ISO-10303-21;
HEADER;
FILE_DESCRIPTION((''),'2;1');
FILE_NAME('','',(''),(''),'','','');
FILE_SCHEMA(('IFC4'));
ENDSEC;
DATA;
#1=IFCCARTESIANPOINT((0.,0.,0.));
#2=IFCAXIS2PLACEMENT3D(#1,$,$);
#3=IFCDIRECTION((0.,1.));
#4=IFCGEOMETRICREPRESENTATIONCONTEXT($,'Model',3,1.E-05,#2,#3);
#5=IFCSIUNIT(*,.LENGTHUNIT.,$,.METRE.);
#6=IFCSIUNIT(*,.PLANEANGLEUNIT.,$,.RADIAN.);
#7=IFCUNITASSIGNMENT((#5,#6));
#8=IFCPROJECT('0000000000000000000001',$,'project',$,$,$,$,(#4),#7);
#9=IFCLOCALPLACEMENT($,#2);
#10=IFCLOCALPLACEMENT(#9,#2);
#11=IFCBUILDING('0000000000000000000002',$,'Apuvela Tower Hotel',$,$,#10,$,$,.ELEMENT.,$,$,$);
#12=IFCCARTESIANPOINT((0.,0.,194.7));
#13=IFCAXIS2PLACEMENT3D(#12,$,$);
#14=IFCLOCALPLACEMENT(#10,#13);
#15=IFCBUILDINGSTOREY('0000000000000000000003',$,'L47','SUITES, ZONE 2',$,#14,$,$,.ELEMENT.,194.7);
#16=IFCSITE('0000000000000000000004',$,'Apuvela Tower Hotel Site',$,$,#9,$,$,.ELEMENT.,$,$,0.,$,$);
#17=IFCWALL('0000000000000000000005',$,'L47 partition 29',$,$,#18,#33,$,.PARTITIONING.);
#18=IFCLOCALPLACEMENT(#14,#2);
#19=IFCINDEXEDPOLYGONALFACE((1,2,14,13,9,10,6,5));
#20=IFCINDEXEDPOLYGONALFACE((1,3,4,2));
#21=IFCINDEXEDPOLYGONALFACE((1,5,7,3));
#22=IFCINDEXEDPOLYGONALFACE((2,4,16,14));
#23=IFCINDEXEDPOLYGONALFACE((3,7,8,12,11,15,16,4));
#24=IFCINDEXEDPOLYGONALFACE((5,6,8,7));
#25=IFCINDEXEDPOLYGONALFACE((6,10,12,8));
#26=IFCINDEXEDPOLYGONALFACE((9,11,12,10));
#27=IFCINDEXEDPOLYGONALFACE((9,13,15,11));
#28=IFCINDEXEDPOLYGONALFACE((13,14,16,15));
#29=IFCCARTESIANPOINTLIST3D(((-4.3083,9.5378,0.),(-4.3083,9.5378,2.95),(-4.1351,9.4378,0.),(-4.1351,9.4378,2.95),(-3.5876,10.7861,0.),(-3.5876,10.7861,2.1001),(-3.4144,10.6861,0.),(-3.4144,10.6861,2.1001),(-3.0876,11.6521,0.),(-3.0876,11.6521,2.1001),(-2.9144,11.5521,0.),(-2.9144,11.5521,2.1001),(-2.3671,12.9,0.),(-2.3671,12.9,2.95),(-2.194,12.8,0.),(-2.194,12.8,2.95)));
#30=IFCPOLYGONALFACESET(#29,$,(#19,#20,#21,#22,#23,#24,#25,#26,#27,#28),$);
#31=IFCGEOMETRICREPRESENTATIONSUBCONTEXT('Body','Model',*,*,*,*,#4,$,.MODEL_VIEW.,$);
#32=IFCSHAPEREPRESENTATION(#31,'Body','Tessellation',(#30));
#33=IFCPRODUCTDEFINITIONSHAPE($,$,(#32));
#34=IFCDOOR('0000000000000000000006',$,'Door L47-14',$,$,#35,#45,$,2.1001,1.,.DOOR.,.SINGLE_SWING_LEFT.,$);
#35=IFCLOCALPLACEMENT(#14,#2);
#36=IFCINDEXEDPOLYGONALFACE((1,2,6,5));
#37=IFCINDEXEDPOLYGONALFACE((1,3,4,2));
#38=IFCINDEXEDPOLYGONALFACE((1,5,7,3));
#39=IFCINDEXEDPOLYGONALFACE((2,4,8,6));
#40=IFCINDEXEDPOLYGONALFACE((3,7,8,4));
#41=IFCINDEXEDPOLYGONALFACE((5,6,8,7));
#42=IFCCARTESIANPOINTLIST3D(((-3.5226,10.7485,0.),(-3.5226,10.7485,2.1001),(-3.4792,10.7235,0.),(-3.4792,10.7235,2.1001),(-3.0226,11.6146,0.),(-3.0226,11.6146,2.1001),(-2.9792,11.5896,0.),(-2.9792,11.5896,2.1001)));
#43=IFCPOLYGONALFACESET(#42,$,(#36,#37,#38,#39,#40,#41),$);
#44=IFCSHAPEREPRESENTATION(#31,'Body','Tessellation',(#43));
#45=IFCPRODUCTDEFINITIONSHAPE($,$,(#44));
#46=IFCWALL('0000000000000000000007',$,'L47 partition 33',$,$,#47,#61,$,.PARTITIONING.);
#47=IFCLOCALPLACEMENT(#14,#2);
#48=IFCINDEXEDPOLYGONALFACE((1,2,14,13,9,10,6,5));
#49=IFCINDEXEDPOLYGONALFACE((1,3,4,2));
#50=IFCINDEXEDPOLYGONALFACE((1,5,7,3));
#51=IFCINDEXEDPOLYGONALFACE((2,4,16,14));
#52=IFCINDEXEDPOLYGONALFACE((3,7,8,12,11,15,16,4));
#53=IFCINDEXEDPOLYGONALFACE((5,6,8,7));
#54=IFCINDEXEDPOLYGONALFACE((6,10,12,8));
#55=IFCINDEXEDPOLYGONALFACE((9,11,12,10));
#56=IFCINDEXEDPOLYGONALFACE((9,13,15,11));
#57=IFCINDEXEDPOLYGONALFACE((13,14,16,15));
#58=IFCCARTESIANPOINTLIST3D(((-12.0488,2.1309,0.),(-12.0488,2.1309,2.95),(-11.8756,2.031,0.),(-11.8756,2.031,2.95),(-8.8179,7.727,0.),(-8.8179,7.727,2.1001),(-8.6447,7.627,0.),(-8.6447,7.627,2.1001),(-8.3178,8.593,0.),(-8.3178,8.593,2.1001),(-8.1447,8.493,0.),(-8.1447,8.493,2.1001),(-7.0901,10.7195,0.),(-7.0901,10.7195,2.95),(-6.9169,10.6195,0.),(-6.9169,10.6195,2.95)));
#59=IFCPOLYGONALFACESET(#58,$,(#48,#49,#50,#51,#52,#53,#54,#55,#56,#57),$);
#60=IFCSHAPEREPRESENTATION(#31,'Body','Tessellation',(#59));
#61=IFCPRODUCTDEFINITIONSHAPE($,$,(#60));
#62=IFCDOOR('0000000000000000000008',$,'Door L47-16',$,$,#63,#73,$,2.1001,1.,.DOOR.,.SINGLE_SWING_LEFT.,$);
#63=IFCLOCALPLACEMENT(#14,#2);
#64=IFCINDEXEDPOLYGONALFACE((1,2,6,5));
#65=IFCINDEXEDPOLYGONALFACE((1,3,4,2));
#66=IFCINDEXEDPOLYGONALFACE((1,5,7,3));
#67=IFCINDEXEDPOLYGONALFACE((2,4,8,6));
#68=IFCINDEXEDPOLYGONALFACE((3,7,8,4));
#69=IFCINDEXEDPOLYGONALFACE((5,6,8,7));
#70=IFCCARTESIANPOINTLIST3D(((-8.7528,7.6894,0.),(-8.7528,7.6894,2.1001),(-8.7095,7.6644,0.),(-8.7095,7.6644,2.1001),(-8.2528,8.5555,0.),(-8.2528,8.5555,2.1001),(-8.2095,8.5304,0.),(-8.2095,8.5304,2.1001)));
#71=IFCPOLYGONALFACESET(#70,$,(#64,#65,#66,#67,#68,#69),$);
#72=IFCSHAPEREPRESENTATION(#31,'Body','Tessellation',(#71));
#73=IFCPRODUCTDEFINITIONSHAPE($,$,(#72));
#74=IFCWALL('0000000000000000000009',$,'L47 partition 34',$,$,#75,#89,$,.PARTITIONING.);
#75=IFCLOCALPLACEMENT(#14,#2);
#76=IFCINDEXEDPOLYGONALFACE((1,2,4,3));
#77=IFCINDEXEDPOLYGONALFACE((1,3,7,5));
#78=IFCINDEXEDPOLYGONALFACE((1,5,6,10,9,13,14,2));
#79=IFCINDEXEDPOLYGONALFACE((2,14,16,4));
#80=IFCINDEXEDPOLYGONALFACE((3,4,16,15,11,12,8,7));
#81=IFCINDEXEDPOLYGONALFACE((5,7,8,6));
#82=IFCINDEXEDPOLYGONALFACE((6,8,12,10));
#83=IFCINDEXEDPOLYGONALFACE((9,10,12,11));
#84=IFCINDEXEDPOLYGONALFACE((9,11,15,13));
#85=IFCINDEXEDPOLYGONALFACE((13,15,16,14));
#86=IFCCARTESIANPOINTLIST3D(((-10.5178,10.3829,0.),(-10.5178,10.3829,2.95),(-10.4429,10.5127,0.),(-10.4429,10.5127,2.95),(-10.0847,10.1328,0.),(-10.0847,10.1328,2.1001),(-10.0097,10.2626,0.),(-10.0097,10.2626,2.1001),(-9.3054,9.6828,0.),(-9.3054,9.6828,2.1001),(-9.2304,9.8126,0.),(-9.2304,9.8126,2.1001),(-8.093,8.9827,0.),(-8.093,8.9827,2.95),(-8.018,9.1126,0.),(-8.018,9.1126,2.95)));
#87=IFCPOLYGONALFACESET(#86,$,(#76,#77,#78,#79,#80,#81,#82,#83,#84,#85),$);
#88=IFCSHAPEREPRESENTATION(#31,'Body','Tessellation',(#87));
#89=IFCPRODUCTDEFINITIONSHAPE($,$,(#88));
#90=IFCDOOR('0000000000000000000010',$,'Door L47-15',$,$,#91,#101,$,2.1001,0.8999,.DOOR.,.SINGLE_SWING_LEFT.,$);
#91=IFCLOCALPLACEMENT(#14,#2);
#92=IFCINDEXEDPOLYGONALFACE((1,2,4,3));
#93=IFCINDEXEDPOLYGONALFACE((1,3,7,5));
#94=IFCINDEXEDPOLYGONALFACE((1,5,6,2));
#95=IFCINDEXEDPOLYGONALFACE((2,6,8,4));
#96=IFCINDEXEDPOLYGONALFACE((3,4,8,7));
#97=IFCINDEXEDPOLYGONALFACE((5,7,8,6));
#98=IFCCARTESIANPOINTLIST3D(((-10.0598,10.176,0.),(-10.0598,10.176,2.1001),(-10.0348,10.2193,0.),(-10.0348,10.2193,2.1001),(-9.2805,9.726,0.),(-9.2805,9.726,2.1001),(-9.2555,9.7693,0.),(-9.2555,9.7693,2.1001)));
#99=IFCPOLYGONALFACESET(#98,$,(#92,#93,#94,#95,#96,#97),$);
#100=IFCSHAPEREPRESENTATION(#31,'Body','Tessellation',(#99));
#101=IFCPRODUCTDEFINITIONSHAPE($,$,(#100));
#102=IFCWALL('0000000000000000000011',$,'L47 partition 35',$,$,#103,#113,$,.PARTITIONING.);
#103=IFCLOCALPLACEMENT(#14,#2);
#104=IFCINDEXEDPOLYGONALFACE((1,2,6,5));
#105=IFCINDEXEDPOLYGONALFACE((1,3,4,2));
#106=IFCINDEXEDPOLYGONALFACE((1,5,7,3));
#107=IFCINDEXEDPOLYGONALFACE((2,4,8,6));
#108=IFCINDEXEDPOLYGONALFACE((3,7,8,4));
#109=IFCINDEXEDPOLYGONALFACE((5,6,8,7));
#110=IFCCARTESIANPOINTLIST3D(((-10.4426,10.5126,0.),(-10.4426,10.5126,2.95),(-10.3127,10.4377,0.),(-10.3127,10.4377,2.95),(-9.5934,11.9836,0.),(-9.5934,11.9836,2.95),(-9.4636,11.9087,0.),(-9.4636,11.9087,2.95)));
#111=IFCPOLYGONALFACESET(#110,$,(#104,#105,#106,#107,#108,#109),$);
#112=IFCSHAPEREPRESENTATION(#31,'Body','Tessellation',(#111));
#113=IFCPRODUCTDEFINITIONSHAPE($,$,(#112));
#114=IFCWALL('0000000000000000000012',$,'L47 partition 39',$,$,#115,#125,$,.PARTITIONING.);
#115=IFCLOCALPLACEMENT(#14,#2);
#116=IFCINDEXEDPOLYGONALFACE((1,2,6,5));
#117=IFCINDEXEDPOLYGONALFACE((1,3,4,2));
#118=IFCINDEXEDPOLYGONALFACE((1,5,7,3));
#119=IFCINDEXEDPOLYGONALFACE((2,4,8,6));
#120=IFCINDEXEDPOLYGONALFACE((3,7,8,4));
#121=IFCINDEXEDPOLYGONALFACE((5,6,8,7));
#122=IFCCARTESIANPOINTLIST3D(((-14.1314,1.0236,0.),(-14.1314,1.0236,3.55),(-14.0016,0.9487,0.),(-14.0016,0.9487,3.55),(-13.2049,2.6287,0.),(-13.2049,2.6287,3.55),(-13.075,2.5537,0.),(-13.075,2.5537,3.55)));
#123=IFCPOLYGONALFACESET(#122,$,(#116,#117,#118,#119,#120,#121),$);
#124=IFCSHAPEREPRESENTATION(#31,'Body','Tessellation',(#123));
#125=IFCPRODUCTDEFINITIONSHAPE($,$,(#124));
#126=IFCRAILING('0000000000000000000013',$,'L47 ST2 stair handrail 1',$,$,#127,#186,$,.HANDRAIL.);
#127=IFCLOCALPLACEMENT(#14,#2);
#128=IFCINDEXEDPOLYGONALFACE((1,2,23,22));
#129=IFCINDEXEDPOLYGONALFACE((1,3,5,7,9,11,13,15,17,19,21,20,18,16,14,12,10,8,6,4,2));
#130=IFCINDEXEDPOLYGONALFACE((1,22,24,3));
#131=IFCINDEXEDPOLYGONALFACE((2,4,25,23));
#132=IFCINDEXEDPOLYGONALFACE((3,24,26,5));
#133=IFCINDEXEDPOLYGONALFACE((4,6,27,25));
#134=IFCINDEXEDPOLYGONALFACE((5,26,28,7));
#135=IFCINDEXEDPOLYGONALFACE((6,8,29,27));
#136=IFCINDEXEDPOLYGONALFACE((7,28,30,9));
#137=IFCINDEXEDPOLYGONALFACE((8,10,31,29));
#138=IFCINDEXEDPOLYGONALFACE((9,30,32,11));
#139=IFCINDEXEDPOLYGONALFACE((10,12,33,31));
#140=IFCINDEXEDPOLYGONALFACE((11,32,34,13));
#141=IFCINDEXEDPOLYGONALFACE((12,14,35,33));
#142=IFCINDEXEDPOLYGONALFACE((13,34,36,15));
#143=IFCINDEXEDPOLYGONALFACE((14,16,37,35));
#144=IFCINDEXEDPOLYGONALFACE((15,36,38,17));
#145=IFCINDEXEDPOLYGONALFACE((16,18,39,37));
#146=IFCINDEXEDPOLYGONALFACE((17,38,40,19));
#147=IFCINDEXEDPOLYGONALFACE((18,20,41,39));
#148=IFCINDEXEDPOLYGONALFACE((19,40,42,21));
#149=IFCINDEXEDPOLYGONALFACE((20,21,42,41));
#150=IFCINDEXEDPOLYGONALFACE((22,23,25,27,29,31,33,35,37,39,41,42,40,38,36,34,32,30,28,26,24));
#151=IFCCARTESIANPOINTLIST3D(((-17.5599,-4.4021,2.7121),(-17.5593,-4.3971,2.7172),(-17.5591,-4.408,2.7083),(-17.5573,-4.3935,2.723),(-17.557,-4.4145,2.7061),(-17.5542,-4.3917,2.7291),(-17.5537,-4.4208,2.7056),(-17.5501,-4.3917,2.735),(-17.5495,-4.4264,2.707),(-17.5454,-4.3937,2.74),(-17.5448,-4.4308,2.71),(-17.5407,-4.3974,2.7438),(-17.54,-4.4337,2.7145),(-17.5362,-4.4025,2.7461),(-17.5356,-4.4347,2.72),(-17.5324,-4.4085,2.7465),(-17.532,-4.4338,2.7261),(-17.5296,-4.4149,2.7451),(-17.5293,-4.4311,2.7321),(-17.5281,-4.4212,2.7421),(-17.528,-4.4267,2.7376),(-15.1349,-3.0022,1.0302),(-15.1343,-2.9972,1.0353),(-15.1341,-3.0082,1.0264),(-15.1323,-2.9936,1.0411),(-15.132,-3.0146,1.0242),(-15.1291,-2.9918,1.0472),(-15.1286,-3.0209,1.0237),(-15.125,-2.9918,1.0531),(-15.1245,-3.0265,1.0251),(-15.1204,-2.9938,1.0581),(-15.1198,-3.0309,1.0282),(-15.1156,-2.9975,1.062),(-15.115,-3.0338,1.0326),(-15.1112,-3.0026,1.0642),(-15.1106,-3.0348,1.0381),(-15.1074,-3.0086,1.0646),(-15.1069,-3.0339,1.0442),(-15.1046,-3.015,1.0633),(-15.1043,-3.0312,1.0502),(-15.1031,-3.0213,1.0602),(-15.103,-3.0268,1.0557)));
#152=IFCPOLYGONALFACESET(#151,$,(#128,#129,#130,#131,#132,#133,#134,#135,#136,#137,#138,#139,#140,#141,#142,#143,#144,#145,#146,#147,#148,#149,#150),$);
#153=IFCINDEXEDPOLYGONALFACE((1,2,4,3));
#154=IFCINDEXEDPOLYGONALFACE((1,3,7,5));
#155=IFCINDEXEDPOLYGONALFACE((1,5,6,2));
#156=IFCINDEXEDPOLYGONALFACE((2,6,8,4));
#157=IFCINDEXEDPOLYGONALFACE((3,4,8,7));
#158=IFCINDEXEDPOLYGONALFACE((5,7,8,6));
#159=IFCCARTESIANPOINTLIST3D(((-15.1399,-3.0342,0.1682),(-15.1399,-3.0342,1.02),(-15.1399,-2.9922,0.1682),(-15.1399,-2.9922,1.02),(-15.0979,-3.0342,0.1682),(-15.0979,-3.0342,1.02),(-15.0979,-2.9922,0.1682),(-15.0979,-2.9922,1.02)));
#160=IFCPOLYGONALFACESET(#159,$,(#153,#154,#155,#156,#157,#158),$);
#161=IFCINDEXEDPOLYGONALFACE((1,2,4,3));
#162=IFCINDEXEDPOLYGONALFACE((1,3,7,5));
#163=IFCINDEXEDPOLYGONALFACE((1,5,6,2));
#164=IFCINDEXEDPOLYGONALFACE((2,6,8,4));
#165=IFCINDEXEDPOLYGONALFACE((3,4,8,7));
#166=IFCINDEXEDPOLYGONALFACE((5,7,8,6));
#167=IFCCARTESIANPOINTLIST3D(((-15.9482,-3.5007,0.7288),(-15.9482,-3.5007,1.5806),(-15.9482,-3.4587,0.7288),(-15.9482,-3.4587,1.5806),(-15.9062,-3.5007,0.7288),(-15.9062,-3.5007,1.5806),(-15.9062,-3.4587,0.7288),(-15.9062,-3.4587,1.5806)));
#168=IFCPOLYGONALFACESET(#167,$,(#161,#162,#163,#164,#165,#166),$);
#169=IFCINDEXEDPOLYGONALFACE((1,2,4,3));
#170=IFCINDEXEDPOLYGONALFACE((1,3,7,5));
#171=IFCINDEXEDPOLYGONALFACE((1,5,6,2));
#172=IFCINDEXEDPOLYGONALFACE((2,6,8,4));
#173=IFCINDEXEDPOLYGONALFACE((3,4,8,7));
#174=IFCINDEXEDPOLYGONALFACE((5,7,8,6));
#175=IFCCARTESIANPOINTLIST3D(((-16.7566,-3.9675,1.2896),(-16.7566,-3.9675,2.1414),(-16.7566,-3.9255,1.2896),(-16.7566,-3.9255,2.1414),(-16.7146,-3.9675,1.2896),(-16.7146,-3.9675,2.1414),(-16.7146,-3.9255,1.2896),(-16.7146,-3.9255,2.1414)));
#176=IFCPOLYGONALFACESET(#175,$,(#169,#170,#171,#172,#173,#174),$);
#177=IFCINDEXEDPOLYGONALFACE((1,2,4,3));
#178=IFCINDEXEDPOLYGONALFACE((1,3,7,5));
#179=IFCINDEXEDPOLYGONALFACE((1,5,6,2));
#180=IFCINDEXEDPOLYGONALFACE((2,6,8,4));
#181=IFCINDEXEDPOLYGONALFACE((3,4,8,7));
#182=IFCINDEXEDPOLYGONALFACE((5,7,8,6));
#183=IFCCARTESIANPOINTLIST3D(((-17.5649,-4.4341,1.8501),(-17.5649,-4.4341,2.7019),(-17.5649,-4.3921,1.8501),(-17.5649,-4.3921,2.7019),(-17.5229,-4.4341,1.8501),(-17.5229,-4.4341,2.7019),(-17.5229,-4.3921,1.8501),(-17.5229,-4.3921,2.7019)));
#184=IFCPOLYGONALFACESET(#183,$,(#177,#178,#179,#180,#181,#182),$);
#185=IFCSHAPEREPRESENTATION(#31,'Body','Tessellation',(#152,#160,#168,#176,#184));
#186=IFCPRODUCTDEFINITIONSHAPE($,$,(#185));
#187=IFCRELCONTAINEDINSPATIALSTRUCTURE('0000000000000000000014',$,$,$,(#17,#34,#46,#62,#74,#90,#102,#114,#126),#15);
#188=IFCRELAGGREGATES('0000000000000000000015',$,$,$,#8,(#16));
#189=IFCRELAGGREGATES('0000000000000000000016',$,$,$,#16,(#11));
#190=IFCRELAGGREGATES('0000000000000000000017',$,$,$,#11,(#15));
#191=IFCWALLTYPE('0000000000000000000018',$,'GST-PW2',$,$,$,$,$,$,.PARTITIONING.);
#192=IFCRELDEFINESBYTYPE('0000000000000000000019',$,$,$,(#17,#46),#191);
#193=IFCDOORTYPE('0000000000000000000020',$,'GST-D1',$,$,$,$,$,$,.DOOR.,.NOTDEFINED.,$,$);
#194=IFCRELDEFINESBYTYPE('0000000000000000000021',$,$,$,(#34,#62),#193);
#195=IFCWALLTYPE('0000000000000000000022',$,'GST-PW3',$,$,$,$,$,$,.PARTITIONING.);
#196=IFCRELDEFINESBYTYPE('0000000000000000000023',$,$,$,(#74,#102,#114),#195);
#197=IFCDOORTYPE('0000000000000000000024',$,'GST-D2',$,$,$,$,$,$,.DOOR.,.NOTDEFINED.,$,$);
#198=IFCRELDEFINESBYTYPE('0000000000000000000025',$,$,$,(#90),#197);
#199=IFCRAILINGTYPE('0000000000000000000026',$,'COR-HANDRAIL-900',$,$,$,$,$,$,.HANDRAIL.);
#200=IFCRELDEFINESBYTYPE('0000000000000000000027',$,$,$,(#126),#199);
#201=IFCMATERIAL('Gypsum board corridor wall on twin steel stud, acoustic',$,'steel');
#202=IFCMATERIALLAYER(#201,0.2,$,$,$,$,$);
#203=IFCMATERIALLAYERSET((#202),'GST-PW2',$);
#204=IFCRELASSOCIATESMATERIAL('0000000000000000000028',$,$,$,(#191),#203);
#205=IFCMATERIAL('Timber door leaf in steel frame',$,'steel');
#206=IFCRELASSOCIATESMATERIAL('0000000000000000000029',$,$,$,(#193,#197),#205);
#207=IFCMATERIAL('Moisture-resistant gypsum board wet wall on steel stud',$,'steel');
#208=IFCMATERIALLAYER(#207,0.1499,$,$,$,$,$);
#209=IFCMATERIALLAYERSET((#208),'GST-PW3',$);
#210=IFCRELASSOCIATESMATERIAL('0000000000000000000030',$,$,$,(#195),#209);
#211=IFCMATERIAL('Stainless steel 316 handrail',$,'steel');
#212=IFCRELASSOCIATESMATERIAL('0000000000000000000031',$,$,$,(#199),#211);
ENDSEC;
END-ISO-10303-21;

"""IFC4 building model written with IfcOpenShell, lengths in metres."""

from ifc_helpers import new_model, si_unit, direction, frame, frame_2d, origin, origin_2d, place, context, subcontext, project, spatial, rectangle, circle, extrude, material, layer, layer_set, type_object, element, fill, save


model = new_model("IFC4")

# Units and contexts
model_context = context("Model", 3, precision=1e-05, world=origin(), true_north=direction((0.0, 1.0)))
body_context = subcontext(model_context, "Body", "Model", "MODEL_VIEW")
ifc_project = project(units=[si_unit("LENGTHUNIT", "METRE"), si_unit("PLANEANGLEUNIT", "RADIAN")], contexts=[model_context])

# Site, building, storey
site_placement = place(None, origin())
site = spatial("IfcSite", under=ifc_project, at=site_placement, Name="Apuvela Tower Hotel Site", CompositionType="ELEMENT", RefElevation=0.0)
building_placement = place(site_placement, origin())
building = spatial("IfcBuilding", under=site, at=building_placement, Name="Apuvela Tower Hotel", CompositionType="ELEMENT")
storey_placement = place(building_placement, frame((0.0, 0.0, 194.7)))
storey = spatial("IfcBuildingStorey", under=building, at=storey_placement, Name="L47", Description="SUITES, ZONE 2", CompositionType="ELEMENT", Elevation=194.7)

# Walls, openings, doors
ifc_material_1 = material(Name="Gypsum board corridor wall on twin steel stud, acoustic", Category="steel")
ifc_layer_1 = layer(ifc_material_1, 0.2)
ifc_layer_set_1 = layer_set([ifc_layer_1], Name="GST-PW2")
wall_type_1 = type_object("IfcWallType", Name="GST-PW2", PredefinedType="PARTITIONING", material=ifc_layer_set_1)
wall_1_placement = place(storey_placement, frame((-4.2217, 9.4878, 0.0), z_axis=(0.0, 0.0, 1.0), x_axis=(0.499987, 0.866033, 0.0)))
wall_1 = element("IfcWall", 1, at=wall_1_placement, inside=storey, type_object=wall_type_1, Name="L47 partition 29", PredefinedType="PARTITIONING", context=body_context, shape_type="SweptSolid", body=[
    extrude(rectangle(XDim=3.8823, YDim=0.2, at=frame_2d((1.9412, 0.0))), origin(), (0.0, 0.0, 1.0), 2.95),
])
opening_1_placement = place(wall_1_placement, frame((1.4414, 0.0, 0.0)))
opening_1 = element("IfcOpeningElement", 2, at=opening_1_placement, cuts=wall_1, PredefinedType="OPENING", context=body_context, shape_type="SweptSolid", body=[
    extrude(rectangle(XDim=1.0, YDim=2.1001, at=frame_2d((0.5, 1.05))), frame((0.0, 0.1099, 0.0), z_axis=(0.0, -1.0, 0.0), x_axis=(1.0, 0.0, 0.0)), (0.0, 0.0, 1.0), 0.22),
])
ifc_material_2 = material(Name="Timber door leaf in steel frame", Category="steel")
door_type_1 = type_object("IfcDoorType", Name="GST-D1", OperationType="NOTDEFINED", PredefinedType="DOOR", material=ifc_material_2)
door_1_placement = place(opening_1_placement, origin())
door_1 = element("IfcDoor", 3, at=door_1_placement, inside=storey, type_object=door_type_1, Name="Door L47-14", OperationType="SINGLE_SWING_LEFT", OverallHeight=2.1001, OverallWidth=1.0, PredefinedType="DOOR", context=body_context, shape_type="SweptSolid", body=[
    extrude(rectangle(XDim=1.0, YDim=2.1001, at=frame_2d((0.5, 1.05))), frame((0.0, 0.0249, 0.0), z_axis=(0.0, -1.0, 0.0), x_axis=(1.0, 0.0, 0.0)), (0.0, 0.0, 1.0), 0.05),
])
fill(opening_1, door_1)
wall_2_placement = place(storey_placement, frame((-11.9622, 2.0811, 0.0), z_axis=(0.0, 0.0, 1.0), x_axis=(0.500007, 0.866021, 0.0)))
wall_2 = element("IfcWall", 4, at=wall_2_placement, inside=storey, type_object=wall_type_1, Name="L47 partition 33", PredefinedType="PARTITIONING", context=body_context, shape_type="SweptSolid", body=[
    extrude(rectangle(XDim=9.9172, YDim=0.2, at=frame_2d((4.9585, 0.0))), origin(), (0.0, 0.0, 1.0), 2.95),
])
opening_2_placement = place(wall_2_placement, frame((6.4617, 0.0, 0.0)))
opening_2 = element("IfcOpeningElement", 5, at=opening_2_placement, cuts=wall_2, PredefinedType="OPENING", context=body_context, shape_type="SweptSolid", body=[
    extrude(rectangle(XDim=1.0, YDim=2.1001, at=frame_2d((0.5, 1.05))), frame((0.0, 0.1099, 0.0), z_axis=(0.0, -1.0, 0.0), x_axis=(1.0, 0.0, 0.0)), (0.0, 0.0, 1.0), 0.22),
])
door_2_placement = place(opening_2_placement, origin())
door_2 = element("IfcDoor", 6, at=door_2_placement, inside=storey, type_object=door_type_1, Name="Door L47-16", OperationType="SINGLE_SWING_LEFT", OverallHeight=2.1001, OverallWidth=1.0, PredefinedType="DOOR", context=body_context, shape_type="SweptSolid", body=[
    extrude(rectangle(XDim=1.0, YDim=2.1001, at=frame_2d((0.5, 1.05))), frame((0.0, 0.0249, 0.0), z_axis=(0.0, -1.0, 0.0), x_axis=(1.0, 0.0, 0.0)), (0.0, 0.0, 1.0), 0.05),
])
fill(opening_2, door_2)
ifc_material_3 = material(Name="Moisture-resistant gypsum board wet wall on steel stud", Category="steel")
ifc_layer_2 = layer(ifc_material_3, 0.1499)
ifc_layer_set_2 = layer_set([ifc_layer_2], Name="GST-PW3")
wall_type_2 = type_object("IfcWallType", Name="GST-PW3", PredefinedType="PARTITIONING", material=ifc_layer_set_2)
wall_3_placement = place(storey_placement, frame((-10.4802, 10.4478, 0.0), z_axis=(0.0, 0.0, 1.0), x_axis=(0.865997, -0.50005, 0.0)))
wall_3 = element("IfcWall", 7, at=wall_3_placement, inside=storey, type_object=wall_type_2, Name="L47 partition 34", PredefinedType="PARTITIONING", context=body_context, shape_type="SweptSolid", body=[
    extrude(rectangle(XDim=2.8, YDim=0.1499, at=frame_2d((1.3999, 0.0))), origin(), (0.0, 0.0, 1.0), 2.95),
])
opening_3_placement = place(wall_3_placement, frame((0.5, 0.0, 0.0)))
opening_3 = element("IfcOpeningElement", 8, at=opening_3_placement, cuts=wall_3, PredefinedType="OPENING", context=body_context, shape_type="SweptSolid", body=[
    extrude(rectangle(XDim=0.8999, YDim=2.1001, at=frame_2d((0.45, 1.05))), frame((0.0, 0.085, 0.0), z_axis=(0.0, -1.0, 0.0), x_axis=(1.0, 0.0, 0.0)), (0.0, 0.0, 1.0), 0.1699),
])
door_type_2 = type_object("IfcDoorType", Name="GST-D2", OperationType="NOTDEFINED", PredefinedType="DOOR", material=ifc_material_2)
door_3_placement = place(opening_3_placement, origin())
door_3 = element("IfcDoor", 9, at=door_3_placement, inside=storey, type_object=door_type_2, Name="Door L47-15", OperationType="SINGLE_SWING_LEFT", OverallHeight=2.1001, OverallWidth=0.8999, PredefinedType="DOOR", context=body_context, shape_type="SweptSolid", body=[
    extrude(rectangle(XDim=0.8999, YDim=2.1001, at=frame_2d((0.45, 1.05))), frame((0.0, 0.0249, 0.0), z_axis=(0.0, -1.0, 0.0), x_axis=(1.0, 0.0, 0.0)), (0.0, 0.0, 1.0), 0.05),
])
fill(opening_3, door_3)

# Walls
wall_4_placement = place(storey_placement, frame((-9.5286, 11.946, 0.0), z_axis=(0.0, 0.0, 1.0), x_axis=(-0.499942, -0.866059, 0.0)))
element("IfcWall", 10, at=wall_4_placement, inside=storey, type_object=wall_type_2, Name="L47 partition 35", PredefinedType="PARTITIONING", context=body_context, shape_type="SweptSolid", body=[
    extrude(rectangle(XDim=1.6985, YDim=0.1499, at=frame_2d((0.8491, 0.0))), origin(), (0.0, 0.0, 1.0), 2.95),
])
wall_5_placement = place(storey_placement, frame((-13.1399, 2.5913, 0.0), z_axis=(0.0, 0.0, 1.0), x_axis=(-0.499951, -0.866054, 0.0)))
element("IfcWall", 11, at=wall_5_placement, inside=storey, type_object=wall_type_2, Name="L47 partition 39", PredefinedType="PARTITIONING", context=body_context, shape_type="SweptSolid", body=[
    extrude(rectangle(XDim=1.8533, YDim=0.1499, at=frame_2d((0.9268, 0.0))), origin(), (0.0, 0.0, 1.0), 3.55),
])

# Railing
ifc_material_4 = material(Name="Stainless steel 316 handrail", Category="steel")
railing_type_1 = type_object("IfcRailingType", Name="COR-HANDRAIL-900", PredefinedType="HANDRAIL", material=ifc_material_4)
railing_1_placement = place(storey_placement, frame((-15.1189, -3.0132, 0.1682)))
element("IfcRailing", 12, at=railing_1_placement, inside=storey, type_object=railing_type_1, Name="L47 ST2 stair handrail 1", PredefinedType="HANDRAIL", context=body_context, shape_type="SweptSolid", body=[
    extrude(circle(Radius=0.0239, at=origin_2d()), frame((0.0, 0.0, 0.876), z_axis=(-0.742424, -0.428577, 0.514906), x_axis=(0.499946, -0.866056, 0.0)), (0.0, 0.0, 1.0), 3.2664),
    extrude(rectangle(XDim=0.042, YDim=0.042, at=origin_2d()), origin(), (0.0, 0.0, 1.0), 0.8518),
    extrude(rectangle(XDim=0.042, YDim=0.042, at=origin_2d()), frame((-0.8083, -0.4666, 0.5605)), (0.0, 0.0, 1.0), 0.8518),
    extrude(rectangle(XDim=0.042, YDim=0.042, at=origin_2d()), frame((-1.6167, -0.9333, 1.1213)), (0.0, 0.0, 1.0), 0.8518),
    extrude(rectangle(XDim=0.042, YDim=0.042, at=origin_2d()), frame((-2.425, -1.3999, 1.6819)), (0.0, 0.0, 1.0), 0.8518),
])

save(model, "model.ifc")
